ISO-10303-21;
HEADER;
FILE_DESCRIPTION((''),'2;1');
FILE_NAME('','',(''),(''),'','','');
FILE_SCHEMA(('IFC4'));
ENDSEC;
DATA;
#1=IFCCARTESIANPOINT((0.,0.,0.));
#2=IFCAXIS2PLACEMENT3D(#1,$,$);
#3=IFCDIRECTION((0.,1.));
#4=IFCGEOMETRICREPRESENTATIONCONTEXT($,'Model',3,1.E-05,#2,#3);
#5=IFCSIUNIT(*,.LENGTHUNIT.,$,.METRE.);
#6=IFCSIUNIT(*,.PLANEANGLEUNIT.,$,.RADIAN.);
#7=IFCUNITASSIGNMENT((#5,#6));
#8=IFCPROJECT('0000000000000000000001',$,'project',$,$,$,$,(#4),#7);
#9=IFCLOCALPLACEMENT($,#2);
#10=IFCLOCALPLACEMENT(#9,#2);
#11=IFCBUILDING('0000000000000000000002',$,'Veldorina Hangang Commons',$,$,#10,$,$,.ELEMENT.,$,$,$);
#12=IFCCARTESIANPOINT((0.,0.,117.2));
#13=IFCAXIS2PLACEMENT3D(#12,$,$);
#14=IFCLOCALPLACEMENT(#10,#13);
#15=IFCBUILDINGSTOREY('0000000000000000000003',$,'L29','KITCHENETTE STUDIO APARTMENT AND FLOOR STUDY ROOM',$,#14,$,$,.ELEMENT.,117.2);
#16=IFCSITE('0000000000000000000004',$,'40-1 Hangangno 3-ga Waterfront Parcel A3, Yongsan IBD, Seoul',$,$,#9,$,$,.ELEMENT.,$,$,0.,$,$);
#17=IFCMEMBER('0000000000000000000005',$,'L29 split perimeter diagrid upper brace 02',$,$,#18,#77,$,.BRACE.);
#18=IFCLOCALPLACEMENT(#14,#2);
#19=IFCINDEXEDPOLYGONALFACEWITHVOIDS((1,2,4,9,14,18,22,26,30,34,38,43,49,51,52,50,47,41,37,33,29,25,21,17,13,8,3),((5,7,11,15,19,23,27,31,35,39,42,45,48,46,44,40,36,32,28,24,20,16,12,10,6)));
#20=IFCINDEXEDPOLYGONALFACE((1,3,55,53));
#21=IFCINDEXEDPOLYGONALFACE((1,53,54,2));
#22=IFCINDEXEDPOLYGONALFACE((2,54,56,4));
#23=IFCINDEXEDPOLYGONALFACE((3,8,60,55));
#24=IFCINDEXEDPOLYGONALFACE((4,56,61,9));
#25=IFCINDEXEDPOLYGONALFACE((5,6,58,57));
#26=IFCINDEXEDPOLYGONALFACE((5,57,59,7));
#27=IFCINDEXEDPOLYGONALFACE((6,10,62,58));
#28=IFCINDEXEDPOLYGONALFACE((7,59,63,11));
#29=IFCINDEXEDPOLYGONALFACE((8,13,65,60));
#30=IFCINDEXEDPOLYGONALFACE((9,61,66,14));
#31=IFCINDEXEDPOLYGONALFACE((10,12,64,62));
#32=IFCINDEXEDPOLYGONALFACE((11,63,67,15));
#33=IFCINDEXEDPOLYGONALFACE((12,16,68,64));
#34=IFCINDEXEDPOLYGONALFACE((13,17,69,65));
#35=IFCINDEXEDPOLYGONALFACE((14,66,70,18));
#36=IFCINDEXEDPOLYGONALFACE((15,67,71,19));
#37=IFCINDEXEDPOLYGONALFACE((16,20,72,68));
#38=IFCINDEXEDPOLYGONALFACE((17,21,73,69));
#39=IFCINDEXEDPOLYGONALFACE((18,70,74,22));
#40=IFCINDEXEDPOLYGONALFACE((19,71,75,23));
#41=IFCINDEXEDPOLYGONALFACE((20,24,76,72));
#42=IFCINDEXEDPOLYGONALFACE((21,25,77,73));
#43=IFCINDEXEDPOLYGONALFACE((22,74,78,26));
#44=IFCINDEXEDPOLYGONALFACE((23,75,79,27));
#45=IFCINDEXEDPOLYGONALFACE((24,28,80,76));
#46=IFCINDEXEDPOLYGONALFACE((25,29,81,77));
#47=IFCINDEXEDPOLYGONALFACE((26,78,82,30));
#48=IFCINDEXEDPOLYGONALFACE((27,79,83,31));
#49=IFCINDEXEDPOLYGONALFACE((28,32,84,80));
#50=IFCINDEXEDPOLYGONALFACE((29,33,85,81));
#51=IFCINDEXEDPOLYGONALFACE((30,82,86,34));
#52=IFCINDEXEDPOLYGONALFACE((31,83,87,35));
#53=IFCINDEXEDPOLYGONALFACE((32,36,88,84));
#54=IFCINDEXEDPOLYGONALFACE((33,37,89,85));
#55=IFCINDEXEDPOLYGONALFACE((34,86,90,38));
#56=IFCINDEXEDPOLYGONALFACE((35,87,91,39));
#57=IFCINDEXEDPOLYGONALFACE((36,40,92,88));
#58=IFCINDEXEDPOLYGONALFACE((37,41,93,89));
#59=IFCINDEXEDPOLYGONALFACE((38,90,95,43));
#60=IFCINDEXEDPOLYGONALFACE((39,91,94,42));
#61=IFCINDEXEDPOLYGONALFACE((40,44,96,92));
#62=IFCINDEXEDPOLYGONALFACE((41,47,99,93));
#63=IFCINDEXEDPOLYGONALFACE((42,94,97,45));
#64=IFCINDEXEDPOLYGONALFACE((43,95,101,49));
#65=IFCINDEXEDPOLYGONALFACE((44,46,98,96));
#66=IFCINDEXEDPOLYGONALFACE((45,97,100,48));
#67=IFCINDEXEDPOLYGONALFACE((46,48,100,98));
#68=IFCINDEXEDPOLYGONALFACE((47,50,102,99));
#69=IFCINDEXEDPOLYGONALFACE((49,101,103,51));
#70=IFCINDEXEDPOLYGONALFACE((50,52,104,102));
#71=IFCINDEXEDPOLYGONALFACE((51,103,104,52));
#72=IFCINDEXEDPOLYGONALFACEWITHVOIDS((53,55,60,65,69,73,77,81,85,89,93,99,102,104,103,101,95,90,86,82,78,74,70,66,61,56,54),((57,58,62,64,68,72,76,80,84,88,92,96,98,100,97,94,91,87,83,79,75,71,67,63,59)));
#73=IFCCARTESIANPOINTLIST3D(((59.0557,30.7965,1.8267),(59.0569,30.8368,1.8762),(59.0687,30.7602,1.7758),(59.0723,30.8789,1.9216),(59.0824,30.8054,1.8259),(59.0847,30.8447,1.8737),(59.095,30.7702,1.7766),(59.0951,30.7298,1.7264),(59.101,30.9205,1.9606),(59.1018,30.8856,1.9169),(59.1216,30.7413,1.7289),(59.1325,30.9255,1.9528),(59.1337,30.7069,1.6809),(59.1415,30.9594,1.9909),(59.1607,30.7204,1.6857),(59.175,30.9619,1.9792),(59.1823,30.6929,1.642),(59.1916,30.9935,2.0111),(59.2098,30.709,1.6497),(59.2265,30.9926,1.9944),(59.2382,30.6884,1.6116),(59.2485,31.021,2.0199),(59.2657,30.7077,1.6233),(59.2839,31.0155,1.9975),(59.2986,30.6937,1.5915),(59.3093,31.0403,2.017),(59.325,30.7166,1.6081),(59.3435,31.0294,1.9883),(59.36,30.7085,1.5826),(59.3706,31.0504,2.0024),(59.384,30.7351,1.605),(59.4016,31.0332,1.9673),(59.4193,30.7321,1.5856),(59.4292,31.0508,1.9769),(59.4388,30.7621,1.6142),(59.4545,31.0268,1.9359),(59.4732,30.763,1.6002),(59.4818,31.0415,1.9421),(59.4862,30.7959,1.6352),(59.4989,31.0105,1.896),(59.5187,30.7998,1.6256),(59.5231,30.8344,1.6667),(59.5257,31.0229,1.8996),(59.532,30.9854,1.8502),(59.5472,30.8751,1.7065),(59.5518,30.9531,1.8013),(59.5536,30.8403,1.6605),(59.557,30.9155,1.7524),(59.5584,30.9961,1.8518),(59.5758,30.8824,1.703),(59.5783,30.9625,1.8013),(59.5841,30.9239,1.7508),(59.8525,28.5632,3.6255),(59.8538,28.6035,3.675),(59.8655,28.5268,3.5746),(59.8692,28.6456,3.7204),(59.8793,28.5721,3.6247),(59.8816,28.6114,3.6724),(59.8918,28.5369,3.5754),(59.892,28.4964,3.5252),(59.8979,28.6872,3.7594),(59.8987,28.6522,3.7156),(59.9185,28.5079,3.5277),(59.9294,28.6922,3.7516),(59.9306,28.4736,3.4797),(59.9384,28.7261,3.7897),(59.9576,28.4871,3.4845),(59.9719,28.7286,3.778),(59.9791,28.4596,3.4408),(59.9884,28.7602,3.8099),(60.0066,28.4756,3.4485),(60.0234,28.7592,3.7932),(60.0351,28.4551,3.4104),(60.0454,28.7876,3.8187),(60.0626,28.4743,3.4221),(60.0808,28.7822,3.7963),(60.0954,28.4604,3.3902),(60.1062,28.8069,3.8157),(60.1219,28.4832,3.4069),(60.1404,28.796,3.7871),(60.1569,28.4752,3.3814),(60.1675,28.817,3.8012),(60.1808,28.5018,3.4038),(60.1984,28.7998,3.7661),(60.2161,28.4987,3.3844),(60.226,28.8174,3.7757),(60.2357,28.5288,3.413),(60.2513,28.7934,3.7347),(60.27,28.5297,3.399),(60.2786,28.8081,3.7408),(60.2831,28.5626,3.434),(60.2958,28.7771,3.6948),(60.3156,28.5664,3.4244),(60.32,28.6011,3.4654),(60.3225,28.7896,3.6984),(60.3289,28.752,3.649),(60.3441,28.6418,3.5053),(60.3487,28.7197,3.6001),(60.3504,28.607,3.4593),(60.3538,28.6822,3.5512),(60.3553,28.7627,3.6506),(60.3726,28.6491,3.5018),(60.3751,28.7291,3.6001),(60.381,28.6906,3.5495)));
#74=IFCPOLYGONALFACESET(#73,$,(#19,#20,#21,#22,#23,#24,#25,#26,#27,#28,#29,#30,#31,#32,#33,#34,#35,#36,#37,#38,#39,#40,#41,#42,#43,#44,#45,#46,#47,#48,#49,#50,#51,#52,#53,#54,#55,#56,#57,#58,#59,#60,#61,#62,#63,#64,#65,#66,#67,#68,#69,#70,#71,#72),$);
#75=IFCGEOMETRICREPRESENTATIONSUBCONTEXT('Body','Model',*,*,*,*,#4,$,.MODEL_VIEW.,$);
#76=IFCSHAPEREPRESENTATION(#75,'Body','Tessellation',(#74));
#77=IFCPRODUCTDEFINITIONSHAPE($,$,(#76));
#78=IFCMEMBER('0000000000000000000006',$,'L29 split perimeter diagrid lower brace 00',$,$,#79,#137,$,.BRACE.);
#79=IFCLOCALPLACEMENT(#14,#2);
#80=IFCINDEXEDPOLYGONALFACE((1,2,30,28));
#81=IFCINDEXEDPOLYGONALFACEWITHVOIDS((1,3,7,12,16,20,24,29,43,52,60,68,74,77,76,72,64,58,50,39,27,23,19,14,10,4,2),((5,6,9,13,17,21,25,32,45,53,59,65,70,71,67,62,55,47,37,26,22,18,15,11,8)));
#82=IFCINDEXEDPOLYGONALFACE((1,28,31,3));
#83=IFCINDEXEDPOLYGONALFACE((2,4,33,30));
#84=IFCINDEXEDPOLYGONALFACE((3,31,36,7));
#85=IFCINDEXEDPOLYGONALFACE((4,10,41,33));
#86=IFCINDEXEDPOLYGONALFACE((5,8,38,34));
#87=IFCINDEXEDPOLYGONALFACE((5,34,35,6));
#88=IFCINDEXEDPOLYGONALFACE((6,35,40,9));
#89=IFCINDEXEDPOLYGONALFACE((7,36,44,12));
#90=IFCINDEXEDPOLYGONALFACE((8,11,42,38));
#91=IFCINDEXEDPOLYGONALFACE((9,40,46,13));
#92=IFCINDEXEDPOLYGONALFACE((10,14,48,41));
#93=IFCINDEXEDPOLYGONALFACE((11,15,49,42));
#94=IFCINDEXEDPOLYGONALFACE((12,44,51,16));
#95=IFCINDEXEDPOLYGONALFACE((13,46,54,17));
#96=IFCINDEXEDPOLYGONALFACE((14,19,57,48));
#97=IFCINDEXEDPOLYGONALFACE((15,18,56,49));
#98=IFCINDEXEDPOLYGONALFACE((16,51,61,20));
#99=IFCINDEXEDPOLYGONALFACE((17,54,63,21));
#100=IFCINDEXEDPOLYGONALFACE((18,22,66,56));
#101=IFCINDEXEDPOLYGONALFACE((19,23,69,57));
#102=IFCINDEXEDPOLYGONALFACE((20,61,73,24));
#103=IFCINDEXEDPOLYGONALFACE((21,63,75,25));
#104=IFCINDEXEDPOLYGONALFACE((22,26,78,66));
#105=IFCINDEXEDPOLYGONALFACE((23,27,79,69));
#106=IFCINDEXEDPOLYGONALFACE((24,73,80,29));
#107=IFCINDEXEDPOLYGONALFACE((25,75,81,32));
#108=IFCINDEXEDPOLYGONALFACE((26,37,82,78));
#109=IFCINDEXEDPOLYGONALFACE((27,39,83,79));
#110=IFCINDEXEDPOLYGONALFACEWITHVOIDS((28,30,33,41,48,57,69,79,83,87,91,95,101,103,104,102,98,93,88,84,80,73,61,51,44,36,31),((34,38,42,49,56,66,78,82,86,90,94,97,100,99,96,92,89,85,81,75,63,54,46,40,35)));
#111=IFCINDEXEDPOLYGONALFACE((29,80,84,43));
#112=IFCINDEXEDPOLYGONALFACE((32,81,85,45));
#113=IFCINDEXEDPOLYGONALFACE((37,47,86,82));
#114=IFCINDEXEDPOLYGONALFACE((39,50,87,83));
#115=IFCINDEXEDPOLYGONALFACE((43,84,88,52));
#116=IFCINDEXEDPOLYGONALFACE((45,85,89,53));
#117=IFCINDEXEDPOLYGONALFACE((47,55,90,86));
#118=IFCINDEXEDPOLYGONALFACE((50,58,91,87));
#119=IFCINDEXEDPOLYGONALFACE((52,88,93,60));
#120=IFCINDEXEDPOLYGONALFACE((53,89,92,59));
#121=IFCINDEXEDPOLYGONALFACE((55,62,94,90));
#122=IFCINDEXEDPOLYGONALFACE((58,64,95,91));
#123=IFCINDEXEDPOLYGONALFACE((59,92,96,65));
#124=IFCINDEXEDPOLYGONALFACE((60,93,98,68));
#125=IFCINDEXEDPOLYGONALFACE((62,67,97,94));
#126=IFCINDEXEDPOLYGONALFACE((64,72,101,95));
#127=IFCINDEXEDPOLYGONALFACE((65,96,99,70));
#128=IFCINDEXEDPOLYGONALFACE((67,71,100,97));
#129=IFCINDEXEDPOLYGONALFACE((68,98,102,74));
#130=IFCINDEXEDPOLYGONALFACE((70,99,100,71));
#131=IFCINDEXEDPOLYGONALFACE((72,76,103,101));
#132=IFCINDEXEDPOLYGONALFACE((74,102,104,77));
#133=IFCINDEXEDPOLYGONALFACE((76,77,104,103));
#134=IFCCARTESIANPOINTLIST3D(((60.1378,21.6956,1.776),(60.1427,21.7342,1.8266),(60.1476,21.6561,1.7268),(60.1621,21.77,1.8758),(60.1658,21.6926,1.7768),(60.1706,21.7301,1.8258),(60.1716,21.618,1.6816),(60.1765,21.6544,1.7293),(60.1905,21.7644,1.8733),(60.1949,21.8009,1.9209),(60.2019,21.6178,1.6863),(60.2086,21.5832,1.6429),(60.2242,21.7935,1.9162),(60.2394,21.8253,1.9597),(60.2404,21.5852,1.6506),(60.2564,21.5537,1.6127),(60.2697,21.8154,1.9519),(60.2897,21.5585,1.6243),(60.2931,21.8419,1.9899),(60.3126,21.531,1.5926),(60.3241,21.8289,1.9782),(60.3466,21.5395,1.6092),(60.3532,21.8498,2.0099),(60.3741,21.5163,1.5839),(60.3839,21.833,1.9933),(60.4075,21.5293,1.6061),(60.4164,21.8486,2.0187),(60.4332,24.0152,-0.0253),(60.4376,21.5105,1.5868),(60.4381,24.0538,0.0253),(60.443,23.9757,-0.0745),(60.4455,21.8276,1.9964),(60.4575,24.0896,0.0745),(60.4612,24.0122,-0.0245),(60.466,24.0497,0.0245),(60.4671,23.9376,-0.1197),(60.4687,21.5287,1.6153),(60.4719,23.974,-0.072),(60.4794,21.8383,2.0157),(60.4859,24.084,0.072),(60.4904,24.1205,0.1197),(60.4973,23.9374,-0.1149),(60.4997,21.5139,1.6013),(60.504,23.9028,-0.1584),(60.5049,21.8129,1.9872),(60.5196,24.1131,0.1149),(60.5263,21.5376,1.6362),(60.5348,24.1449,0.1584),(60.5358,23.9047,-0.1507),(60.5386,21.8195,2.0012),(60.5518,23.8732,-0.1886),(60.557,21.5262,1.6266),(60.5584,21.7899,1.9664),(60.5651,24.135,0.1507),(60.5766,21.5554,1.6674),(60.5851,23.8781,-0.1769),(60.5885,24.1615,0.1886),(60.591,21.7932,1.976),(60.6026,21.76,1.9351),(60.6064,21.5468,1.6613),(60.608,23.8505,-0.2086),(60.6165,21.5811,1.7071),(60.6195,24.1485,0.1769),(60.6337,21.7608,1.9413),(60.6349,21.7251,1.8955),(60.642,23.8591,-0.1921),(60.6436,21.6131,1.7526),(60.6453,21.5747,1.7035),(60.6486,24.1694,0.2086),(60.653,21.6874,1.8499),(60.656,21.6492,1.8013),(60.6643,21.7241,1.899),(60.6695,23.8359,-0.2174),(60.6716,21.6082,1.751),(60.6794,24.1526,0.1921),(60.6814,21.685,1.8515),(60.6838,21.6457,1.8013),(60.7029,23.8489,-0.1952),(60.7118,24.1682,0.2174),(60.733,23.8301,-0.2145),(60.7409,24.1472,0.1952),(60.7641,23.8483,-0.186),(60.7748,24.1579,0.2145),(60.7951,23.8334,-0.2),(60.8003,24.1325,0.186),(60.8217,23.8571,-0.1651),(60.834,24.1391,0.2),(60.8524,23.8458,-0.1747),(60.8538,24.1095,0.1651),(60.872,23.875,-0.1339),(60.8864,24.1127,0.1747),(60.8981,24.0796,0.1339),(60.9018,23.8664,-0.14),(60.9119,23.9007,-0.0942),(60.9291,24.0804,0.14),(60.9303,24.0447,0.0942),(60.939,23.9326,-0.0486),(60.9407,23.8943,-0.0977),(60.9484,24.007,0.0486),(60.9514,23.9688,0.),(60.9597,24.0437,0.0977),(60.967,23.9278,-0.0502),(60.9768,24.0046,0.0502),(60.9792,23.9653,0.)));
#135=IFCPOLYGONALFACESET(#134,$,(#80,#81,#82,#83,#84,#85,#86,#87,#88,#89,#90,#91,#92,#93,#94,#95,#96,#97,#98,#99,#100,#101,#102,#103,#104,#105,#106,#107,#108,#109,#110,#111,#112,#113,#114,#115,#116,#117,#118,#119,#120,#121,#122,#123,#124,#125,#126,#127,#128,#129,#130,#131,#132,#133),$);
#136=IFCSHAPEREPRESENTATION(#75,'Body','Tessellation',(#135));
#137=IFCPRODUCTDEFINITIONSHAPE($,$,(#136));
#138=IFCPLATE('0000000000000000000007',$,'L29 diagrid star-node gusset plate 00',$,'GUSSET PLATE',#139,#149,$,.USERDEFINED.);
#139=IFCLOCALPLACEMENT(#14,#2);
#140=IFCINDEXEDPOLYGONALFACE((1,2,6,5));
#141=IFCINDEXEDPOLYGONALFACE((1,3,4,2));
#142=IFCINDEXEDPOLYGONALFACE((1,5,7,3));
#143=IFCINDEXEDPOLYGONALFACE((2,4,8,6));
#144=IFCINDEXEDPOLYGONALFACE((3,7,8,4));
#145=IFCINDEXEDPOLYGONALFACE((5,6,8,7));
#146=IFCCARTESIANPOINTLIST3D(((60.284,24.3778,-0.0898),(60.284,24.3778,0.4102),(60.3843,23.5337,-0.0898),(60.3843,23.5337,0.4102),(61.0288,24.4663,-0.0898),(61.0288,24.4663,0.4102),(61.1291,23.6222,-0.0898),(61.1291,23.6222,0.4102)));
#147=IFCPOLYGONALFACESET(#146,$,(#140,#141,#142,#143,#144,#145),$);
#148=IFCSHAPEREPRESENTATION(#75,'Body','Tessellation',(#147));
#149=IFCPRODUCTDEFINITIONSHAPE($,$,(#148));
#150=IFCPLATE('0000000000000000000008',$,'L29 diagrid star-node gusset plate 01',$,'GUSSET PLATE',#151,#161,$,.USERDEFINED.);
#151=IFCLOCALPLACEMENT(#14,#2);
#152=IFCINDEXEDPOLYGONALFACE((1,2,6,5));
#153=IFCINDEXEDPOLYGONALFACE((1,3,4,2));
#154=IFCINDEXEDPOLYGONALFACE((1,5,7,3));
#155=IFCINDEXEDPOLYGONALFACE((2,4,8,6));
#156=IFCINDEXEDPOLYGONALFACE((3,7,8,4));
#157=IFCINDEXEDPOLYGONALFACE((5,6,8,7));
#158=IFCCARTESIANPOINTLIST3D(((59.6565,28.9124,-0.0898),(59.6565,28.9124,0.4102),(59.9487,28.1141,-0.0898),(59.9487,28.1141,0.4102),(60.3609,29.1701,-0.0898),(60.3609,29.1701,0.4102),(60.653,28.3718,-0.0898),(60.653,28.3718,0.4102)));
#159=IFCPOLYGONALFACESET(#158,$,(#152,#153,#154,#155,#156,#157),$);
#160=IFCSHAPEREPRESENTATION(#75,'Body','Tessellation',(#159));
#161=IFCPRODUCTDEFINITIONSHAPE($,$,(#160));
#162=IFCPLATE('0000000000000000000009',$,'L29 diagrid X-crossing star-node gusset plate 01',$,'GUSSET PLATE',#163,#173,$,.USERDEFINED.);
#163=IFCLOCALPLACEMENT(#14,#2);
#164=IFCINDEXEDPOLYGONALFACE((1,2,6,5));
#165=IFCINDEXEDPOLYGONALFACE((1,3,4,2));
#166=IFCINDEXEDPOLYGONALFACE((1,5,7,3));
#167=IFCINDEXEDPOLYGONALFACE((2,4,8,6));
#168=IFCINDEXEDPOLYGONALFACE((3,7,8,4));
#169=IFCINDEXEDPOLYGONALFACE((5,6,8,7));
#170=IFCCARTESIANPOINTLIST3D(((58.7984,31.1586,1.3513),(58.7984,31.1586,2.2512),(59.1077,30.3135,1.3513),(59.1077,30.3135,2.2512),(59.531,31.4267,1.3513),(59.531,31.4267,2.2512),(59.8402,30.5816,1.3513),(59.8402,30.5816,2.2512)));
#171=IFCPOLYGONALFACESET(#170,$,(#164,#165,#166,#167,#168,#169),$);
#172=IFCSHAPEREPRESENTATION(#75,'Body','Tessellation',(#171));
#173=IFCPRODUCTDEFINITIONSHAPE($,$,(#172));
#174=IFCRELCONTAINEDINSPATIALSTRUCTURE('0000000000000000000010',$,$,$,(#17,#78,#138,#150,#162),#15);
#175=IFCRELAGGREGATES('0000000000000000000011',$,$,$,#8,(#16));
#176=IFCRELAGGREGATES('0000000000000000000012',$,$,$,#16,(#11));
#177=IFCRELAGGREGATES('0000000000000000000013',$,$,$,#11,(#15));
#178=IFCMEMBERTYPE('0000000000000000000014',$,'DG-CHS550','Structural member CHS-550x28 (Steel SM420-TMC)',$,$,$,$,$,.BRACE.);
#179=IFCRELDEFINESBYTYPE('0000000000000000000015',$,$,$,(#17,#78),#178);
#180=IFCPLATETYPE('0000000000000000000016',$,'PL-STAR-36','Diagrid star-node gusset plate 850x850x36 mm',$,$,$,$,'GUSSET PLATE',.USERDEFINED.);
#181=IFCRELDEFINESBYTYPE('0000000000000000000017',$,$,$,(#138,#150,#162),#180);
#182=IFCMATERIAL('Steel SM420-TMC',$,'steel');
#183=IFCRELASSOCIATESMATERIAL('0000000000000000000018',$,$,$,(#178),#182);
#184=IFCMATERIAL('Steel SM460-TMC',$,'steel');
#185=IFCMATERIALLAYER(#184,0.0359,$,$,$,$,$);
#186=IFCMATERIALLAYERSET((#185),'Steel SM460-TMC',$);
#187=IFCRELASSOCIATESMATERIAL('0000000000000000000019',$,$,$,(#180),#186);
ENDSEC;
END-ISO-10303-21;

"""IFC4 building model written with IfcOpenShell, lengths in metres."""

from ifc_helpers import new_model, si_unit, direction, frame, origin, origin_2d, place, context, subcontext, project, spatial, rectangle, hollow_circle, extrude, material, layer, layer_set, material_profile, profile_set, type_object, element, save


model = new_model("IFC4")

# Units and contexts
model_context = context("Model", 3, precision=1e-05, world=origin(), true_north=direction((0.0, 1.0)))
body_context = subcontext(model_context, "Body", "Model", "MODEL_VIEW")
ifc_project = project(units=[si_unit("LENGTHUNIT", "METRE"), si_unit("PLANEANGLEUNIT", "RADIAN")], contexts=[model_context])

# Site, building, storey
site_placement = place(None, origin())
site = spatial("IfcSite", under=ifc_project, at=site_placement, Name="40-1 Hangangno 3-ga Waterfront Parcel A3, Yongsan IBD, Seoul", CompositionType="ELEMENT", RefElevation=0.0)
building_placement = place(site_placement, origin())
building = spatial("IfcBuilding", under=site, at=building_placement, Name="Veldorina Hangang Commons", CompositionType="ELEMENT")
storey_placement = place(building_placement, frame((0.0, 0.0, 117.2)))
storey = spatial("IfcBuildingStorey", under=building, at=storey_placement, Name="L29", Description="KITCHENETTE STUDIO APARTMENT AND FLOOR STUDY ROOM", CompositionType="ELEMENT", Elevation=117.2)

# Shared definitions
ifc_material_1 = material(Name="Steel SM420-TMC", Category="steel")

# Members
ifc_material_profile_1 = material_profile(ifc_material_1, hollow_circle(Radius=0.2749, WallThickness=0.0281, at=origin_2d()), Name="CHS-550x28")
ifc_profile_set_1 = profile_set([ifc_material_profile_1], Name="Steel SM420-TMC")
member_type_1 = type_object("IfcMemberType", Name="DG-CHS550", Description="Structural member CHS-550x28 (Steel SM420-TMC)", PredefinedType="BRACE", material=ifc_profile_set_1)
member_1_placement = place(storey_placement, frame((59.3193, 30.8701, 1.8013), z_axis=(0.267733, -0.750373, 0.604367), x_axis=(0.941844, 0.336049, 0.0)))
element("IfcMember", 1, at=member_1_placement, inside=storey, type_object=member_type_1, Name="L29 split perimeter diagrid upper brace 02", PredefinedType="BRACE", context=body_context, shape_type="SweptSolid", body=[
    extrude(hollow_circle(Radius=0.2749, WallThickness=0.0281, at=origin_2d()), origin(), (0.0, 0.0, 1.0), 2.9763),
])
member_2_placement = place(storey_placement, frame((60.7065, 24.0, 0.0), z_axis=(-0.100083, -0.785856, 0.610257), x_axis=(0.991988, -0.126335, 0.0)))
element("IfcMember", 2, at=member_2_placement, inside=storey, type_object=member_type_1, Name="L29 split perimeter diagrid lower brace 00", PredefinedType="BRACE", context=body_context, shape_type="SweptSolid", body=[
    extrude(hollow_circle(Radius=0.2749, WallThickness=0.0281, at=origin_2d()), origin(), (0.0, 0.0, 1.0), 2.9517),
])

# Plates
ifc_material_2 = material(Name="Steel SM460-TMC", Category="steel")
ifc_layer_1 = layer(ifc_material_2, 0.0359)
ifc_layer_set_1 = layer_set([ifc_layer_1], Name="Steel SM460-TMC")
plate_type = type_object("IfcPlateType", Name="PL-STAR-36", Description="Diagrid star-node gusset plate 850x850x36 mm", ElementType="GUSSET PLATE", PredefinedType="USERDEFINED", material=ifc_layer_set_1)
for number, where, z_axis, x_axis, name in (
    (3, (60.7065, 24.0, -0.0898), (0.0, 0.0, 1.0), (-0.117988, 0.993015, 0.0), "L29 diagrid star-node gusset plate 00"),
    (4, (60.1548, 28.6421, -0.0898), (0.0, 0.0, 1.0), (-0.343676, 0.939088, 0.0), "L29 diagrid star-node gusset plate 01"),
):
    element("IfcPlate", number, at=place(storey_placement, frame(where, z_axis=z_axis, x_axis=x_axis)), inside=storey, type_object=plate_type, Name=name, ObjectType="GUSSET PLATE", PredefinedType="USERDEFINED", context=body_context, shape_type="SweptSolid", body=[
        extrude(rectangle(XDim=0.8501, YDim=0.75, at=origin_2d()), origin(), (0.0, 0.0, 1.0), 0.5),
    ])
plate_placement = place(storey_placement, frame((59.3193, 30.8701, 1.3513), z_axis=(0.0, 0.0, 1.0), x_axis=(-0.343676, 0.939088, 0.0)))
element("IfcPlate", 5, at=plate_placement, inside=storey, type_object=plate_type, Name="L29 diagrid X-crossing star-node gusset plate 01", ObjectType="GUSSET PLATE", PredefinedType="USERDEFINED", context=body_context, shape_type="SweptSolid", body=[
    extrude(rectangle(XDim=0.8999, YDim=0.78, at=origin_2d()), origin(), (0.0, 0.0, 1.0), 0.8999),
])

save(model, "model.ifc")
